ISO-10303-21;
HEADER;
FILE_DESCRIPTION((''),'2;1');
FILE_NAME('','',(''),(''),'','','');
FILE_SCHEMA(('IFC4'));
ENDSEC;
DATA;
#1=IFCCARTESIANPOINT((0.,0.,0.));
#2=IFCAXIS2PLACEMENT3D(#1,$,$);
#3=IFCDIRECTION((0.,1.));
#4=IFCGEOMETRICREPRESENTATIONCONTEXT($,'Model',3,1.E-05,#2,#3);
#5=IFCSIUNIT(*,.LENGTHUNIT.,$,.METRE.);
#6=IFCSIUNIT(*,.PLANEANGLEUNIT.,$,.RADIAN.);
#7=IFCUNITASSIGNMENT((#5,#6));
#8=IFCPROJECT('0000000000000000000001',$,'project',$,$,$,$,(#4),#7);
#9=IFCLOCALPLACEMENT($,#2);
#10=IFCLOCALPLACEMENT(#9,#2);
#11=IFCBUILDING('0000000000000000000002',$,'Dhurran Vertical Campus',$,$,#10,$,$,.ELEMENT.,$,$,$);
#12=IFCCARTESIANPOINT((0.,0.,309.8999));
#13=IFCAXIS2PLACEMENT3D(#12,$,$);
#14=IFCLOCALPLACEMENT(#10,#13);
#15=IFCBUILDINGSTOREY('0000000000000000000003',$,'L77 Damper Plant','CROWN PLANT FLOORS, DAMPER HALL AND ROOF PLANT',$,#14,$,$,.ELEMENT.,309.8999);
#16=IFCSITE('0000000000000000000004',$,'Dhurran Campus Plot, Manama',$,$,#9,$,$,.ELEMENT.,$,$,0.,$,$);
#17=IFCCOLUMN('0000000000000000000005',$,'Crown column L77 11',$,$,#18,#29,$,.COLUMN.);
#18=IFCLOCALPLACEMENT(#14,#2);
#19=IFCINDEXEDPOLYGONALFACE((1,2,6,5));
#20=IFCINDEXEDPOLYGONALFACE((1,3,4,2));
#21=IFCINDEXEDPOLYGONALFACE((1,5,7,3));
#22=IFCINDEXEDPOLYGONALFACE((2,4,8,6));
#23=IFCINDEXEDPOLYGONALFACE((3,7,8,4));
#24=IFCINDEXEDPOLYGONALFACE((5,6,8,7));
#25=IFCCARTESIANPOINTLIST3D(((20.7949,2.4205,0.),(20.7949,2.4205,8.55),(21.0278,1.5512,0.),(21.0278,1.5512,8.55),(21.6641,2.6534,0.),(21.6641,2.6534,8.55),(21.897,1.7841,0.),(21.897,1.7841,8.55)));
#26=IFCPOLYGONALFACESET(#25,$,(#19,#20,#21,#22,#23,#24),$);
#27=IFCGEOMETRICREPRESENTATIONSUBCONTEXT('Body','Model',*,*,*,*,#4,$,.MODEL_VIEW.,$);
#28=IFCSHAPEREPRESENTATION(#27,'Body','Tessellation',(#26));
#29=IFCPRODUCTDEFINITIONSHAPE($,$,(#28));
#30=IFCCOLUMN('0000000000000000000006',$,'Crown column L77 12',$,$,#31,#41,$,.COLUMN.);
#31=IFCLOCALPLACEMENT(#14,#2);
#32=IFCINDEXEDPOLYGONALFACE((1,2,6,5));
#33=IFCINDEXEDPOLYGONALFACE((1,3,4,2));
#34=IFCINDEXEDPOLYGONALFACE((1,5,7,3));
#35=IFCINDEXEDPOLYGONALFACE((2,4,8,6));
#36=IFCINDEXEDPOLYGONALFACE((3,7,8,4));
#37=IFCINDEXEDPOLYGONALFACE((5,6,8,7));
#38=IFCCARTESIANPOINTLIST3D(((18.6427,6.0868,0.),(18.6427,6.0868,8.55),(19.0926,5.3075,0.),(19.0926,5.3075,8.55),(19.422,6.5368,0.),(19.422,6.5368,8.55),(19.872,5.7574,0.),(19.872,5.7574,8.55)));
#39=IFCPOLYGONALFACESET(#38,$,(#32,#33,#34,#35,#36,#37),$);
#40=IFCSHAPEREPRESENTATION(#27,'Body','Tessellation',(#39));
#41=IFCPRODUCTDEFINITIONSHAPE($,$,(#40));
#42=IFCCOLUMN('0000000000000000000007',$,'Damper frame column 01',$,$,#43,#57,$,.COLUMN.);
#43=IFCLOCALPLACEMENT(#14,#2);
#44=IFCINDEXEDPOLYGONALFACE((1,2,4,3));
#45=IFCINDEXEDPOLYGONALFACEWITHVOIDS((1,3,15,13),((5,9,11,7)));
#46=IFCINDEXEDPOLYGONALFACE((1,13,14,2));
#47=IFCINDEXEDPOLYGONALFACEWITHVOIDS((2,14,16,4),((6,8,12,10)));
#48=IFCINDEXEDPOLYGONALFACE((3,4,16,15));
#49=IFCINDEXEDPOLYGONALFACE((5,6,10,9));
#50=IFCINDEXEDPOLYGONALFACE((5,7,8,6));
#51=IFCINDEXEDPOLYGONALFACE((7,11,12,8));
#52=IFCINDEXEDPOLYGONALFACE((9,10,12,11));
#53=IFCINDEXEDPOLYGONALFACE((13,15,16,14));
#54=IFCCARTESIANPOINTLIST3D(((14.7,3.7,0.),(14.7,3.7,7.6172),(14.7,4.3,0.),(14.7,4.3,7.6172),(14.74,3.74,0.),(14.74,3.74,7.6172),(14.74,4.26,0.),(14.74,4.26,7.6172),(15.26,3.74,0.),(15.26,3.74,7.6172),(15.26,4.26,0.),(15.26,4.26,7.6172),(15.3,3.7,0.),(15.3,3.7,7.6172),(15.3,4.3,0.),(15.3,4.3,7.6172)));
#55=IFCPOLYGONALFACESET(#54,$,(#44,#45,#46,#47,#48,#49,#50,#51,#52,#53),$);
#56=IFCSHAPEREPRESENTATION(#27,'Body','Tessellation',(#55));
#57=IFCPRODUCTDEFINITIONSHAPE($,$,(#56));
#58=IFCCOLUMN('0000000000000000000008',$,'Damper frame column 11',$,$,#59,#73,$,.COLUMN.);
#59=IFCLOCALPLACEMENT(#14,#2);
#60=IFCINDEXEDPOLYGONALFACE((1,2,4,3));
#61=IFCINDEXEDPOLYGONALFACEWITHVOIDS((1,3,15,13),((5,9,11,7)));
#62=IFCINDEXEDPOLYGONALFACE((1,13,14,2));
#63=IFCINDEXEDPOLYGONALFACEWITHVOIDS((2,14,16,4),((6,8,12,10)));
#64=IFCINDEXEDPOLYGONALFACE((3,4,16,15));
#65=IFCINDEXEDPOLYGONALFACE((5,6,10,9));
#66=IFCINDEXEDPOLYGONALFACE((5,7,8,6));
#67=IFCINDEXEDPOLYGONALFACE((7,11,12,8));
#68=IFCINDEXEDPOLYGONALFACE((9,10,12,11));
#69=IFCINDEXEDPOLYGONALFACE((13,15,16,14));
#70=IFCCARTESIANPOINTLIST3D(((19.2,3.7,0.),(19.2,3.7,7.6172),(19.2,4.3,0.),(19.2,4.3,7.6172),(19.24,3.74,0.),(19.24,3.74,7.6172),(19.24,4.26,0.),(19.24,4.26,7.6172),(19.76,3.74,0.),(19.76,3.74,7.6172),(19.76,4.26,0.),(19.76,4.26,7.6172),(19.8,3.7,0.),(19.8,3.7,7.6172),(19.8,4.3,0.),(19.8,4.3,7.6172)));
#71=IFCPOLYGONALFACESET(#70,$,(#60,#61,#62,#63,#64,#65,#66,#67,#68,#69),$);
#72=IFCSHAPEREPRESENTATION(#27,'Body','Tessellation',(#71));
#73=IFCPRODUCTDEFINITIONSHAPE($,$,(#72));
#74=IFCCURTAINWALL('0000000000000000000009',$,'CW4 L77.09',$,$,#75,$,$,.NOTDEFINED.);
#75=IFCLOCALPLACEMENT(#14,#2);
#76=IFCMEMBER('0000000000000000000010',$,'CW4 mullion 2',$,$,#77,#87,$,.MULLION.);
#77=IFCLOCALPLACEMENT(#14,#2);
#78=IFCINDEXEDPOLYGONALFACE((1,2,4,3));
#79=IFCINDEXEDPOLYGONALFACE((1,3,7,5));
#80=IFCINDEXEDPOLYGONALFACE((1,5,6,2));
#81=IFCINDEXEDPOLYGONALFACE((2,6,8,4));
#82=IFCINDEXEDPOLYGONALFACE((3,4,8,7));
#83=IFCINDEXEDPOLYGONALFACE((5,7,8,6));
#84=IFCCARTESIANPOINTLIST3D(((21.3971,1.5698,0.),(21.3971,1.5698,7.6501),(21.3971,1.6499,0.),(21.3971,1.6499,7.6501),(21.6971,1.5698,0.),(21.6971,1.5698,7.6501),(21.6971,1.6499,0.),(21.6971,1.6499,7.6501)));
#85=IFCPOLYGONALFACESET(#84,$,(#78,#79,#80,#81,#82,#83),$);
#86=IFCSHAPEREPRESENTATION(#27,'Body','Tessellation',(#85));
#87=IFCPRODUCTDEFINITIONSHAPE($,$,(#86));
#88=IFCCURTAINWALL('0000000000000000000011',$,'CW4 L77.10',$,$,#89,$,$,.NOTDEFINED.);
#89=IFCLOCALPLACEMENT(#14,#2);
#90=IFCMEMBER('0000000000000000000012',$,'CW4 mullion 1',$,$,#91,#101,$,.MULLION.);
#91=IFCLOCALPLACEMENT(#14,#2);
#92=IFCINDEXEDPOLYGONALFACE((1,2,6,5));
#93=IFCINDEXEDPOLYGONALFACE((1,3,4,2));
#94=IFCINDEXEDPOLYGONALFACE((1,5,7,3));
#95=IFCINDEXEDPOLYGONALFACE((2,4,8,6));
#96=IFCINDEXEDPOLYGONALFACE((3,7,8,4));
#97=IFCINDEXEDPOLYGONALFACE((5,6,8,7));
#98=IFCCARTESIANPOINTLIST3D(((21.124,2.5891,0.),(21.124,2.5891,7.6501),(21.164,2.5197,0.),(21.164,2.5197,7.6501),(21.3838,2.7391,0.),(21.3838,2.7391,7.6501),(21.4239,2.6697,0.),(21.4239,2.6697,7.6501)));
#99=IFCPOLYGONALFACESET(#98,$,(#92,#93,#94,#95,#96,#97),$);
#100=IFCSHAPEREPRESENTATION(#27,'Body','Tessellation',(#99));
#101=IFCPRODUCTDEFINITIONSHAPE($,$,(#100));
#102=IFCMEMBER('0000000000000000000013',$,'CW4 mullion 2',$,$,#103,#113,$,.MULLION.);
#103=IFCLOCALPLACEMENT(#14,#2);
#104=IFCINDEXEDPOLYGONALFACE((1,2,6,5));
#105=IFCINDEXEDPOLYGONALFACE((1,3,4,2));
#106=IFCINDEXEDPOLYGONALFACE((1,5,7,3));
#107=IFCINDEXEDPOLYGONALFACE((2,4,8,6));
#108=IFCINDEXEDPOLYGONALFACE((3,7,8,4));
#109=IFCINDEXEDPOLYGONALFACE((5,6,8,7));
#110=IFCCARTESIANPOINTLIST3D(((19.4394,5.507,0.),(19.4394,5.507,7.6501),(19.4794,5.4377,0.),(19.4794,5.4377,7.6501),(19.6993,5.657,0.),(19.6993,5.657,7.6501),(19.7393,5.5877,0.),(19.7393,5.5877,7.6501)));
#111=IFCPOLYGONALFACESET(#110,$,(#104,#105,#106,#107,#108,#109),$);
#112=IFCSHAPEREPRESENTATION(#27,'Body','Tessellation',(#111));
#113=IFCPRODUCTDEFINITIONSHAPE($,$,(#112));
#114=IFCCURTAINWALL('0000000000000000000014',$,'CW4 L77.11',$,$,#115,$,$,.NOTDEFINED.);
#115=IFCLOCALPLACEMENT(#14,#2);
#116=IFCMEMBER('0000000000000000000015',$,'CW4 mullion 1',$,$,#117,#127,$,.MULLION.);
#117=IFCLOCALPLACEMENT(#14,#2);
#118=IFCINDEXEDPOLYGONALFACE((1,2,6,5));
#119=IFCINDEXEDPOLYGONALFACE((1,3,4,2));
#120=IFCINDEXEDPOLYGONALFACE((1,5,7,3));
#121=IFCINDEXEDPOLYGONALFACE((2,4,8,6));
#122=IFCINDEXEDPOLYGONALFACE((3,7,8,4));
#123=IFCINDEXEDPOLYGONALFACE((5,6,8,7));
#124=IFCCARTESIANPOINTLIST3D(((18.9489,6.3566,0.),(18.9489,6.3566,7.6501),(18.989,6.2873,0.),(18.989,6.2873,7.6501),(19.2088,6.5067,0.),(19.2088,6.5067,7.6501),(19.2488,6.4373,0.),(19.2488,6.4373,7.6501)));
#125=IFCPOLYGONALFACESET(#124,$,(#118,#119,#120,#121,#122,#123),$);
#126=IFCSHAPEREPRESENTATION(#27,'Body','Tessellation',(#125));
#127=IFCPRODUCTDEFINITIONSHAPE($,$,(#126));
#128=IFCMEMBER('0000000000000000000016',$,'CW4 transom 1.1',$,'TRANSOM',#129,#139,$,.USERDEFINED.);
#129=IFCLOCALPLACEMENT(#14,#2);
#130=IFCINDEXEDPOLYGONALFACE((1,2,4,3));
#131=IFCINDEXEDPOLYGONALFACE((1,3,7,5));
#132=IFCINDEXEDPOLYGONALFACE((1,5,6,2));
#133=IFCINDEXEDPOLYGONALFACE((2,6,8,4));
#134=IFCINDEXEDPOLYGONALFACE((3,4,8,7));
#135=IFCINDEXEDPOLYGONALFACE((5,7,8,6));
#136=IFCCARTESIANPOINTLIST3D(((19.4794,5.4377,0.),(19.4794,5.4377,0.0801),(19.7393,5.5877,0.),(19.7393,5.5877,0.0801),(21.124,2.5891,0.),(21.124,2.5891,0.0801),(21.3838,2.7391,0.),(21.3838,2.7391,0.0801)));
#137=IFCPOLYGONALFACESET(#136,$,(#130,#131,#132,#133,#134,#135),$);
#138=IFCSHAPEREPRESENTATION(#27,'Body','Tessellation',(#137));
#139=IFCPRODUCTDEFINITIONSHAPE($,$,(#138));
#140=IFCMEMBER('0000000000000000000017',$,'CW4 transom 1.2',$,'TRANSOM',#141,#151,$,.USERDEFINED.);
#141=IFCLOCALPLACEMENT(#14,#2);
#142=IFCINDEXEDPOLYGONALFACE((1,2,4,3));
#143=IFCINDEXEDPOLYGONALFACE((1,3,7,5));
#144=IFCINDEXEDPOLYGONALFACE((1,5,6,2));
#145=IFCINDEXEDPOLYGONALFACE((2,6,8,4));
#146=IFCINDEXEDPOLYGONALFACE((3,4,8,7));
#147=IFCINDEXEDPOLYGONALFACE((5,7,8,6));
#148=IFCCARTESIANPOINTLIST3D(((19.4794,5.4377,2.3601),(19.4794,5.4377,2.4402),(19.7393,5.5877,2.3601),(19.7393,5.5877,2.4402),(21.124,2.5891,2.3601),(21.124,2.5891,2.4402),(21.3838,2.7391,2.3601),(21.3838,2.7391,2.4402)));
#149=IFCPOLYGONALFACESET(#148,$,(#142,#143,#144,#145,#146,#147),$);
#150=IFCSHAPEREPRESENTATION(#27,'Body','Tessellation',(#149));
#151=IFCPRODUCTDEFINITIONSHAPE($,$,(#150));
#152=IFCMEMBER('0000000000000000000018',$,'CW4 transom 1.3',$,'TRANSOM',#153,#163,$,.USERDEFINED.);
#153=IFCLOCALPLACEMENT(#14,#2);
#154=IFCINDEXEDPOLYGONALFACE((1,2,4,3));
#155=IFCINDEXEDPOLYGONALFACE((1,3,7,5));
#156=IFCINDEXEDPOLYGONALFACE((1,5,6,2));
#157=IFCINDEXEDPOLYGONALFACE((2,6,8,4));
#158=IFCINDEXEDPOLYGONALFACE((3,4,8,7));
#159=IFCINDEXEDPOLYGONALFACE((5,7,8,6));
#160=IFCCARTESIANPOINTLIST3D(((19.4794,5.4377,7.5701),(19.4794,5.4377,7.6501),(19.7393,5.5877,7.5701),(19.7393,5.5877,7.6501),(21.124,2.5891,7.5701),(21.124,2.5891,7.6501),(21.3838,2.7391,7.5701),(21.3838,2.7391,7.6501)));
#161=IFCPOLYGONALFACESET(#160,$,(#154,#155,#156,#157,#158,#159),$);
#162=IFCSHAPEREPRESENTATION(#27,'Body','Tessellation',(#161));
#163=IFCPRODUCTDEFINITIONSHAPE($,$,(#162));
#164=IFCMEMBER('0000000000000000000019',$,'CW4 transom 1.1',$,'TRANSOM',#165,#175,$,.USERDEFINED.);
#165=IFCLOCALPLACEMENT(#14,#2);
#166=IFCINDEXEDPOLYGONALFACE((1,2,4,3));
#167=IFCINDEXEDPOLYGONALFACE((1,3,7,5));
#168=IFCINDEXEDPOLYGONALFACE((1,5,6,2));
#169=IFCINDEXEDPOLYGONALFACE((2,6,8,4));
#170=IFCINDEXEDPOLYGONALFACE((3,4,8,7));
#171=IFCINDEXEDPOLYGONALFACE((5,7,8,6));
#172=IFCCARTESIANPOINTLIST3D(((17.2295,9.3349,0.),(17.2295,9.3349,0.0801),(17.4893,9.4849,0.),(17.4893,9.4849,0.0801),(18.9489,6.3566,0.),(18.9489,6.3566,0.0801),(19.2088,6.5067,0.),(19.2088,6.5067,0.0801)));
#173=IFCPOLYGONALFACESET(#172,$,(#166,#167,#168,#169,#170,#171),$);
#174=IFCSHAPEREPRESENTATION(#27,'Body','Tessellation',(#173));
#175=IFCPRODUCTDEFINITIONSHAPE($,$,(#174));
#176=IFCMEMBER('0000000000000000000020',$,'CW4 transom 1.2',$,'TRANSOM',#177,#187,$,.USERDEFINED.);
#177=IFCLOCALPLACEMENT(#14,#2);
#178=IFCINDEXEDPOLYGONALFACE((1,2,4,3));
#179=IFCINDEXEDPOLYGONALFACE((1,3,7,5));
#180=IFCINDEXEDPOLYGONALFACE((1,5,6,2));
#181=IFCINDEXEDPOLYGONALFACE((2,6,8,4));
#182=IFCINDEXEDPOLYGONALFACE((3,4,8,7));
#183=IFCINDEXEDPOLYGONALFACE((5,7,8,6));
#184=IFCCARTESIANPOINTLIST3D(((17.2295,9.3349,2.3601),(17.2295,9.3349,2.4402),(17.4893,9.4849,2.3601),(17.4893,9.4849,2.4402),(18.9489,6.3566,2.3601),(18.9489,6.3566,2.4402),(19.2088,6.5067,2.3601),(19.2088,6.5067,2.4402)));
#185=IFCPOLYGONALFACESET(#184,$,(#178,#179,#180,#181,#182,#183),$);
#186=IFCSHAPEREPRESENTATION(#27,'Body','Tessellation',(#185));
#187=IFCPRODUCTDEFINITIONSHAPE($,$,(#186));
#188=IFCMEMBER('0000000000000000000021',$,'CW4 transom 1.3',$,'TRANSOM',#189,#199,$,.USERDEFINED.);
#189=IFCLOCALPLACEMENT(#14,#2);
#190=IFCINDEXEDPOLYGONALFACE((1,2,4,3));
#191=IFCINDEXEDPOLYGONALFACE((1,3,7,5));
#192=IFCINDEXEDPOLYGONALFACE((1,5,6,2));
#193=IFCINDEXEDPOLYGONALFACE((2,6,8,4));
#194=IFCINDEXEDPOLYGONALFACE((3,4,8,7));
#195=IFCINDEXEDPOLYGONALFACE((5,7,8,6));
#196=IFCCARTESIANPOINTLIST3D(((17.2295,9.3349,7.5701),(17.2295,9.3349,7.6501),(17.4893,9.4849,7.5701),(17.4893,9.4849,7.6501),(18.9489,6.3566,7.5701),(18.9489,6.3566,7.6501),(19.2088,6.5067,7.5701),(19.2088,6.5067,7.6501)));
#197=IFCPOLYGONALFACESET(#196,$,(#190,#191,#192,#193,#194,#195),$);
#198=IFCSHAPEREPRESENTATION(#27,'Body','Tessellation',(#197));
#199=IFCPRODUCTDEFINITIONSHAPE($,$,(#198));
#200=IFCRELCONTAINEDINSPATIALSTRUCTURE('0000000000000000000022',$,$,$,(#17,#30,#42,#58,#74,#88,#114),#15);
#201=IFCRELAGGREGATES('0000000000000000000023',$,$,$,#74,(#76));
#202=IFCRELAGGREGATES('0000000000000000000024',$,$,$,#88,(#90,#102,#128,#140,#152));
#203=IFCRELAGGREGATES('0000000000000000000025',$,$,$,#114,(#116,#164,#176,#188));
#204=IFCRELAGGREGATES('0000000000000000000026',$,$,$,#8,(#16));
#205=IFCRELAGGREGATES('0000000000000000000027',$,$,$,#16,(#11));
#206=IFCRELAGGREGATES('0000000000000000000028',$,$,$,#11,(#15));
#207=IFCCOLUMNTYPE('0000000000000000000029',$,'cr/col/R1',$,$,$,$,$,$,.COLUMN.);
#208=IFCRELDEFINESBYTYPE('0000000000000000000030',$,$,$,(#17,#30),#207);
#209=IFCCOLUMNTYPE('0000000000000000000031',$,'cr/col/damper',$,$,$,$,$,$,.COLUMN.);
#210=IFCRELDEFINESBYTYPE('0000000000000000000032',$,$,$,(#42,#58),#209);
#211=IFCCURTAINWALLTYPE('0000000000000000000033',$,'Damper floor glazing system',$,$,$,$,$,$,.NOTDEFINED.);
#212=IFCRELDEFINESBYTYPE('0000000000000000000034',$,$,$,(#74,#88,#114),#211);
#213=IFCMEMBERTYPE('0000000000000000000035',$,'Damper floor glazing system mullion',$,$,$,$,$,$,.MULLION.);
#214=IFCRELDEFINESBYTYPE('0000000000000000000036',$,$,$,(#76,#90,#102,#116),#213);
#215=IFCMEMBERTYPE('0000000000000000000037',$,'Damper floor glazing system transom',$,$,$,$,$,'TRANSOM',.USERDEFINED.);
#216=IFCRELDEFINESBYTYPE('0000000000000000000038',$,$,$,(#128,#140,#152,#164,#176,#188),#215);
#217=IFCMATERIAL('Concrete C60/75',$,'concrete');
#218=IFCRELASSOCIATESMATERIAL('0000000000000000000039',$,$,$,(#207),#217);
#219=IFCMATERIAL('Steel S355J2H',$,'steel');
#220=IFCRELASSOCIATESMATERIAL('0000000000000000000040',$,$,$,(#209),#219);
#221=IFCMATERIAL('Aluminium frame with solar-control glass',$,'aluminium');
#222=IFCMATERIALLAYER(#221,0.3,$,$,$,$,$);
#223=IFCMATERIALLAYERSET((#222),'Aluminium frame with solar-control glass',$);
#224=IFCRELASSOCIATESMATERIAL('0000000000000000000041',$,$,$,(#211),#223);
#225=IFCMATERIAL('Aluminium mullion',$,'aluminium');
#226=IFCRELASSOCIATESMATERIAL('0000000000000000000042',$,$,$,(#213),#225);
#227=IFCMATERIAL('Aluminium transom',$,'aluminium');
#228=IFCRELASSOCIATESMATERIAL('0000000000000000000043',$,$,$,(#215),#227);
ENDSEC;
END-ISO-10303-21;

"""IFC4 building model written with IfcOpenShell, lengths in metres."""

from ifc_helpers import new_model, si_unit, direction, frame, origin, origin_2d, place, context, subcontext, project, spatial, rectangle, hollow_rectangle, extrude, material, layer, layer_set, material_profile, profile_set, type_object, element, aggregate, save


model = new_model("IFC4")

# Units and contexts
model_context = context("Model", 3, precision=1e-05, world=origin(), true_north=direction((0.0, 1.0)))
body_context = subcontext(model_context, "Body", "Model", "MODEL_VIEW")
ifc_project = project(units=[si_unit("LENGTHUNIT", "METRE"), si_unit("PLANEANGLEUNIT", "RADIAN")], contexts=[model_context])

# Site, building, storey
site_placement = place(None, origin())
site = spatial("IfcSite", under=ifc_project, at=site_placement, Name="Dhurran Campus Plot, Manama", CompositionType="ELEMENT", RefElevation=0.0)
building_placement = place(site_placement, origin())
building = spatial("IfcBuilding", under=site, at=building_placement, Name="Dhurran Vertical Campus", CompositionType="ELEMENT")
storey_placement = place(building_placement, frame((0.0, 0.0, 309.8999)))
storey = spatial("IfcBuildingStorey", under=building, at=storey_placement, Name="L77 Damper Plant", Description="CROWN PLANT FLOORS, DAMPER HALL AND ROOF PLANT", CompositionType="ELEMENT", Elevation=309.8999)

# Columns
ifc_material_1 = material(Name="Concrete C60/75", Category="concrete")
ifc_material_profile_1 = material_profile(ifc_material_1, rectangle(XDim=0.8999, YDim=0.8999, at=origin_2d()), Name="cr/col/R1")
ifc_profile_set_1 = profile_set([ifc_material_profile_1], Name="Concrete C60/75")
column_type_1 = type_object("IfcColumnType", Name="cr/col/R1", PredefinedType="COLUMN", material=ifc_profile_set_1)
for number, where, z_axis, x_axis, name in (
    (1, (21.3459, 2.1023, 0.0), (0.0, 0.0, 1.0), (-0.258819, 0.965926, 0.0), "Crown column L77 11"),
    (2, (19.2573, 5.9221, 0.0), (0.0, 0.0, 1.0), (-0.5, 0.866025, 0.0), "Crown column L77 12"),
):
    element("IfcColumn", number, at=place(storey_placement, frame(where, z_axis=z_axis, x_axis=x_axis)), inside=storey, type_object=column_type_1, Name=name, PredefinedType="COLUMN", context=body_context, shape_type="SweptSolid", body=[
        extrude(rectangle(XDim=0.8999, YDim=0.8999, at=origin_2d()), origin(), (0.0, 0.0, 1.0), 8.55),
    ])
ifc_material_2 = material(Name="Steel S355J2H", Category="steel")
ifc_material_profile_2 = material_profile(ifc_material_2, hollow_rectangle(XDim=0.6001, YDim=0.6001, WallThickness=0.04, at=origin_2d()), Name="cr/col/damper")
ifc_profile_set_2 = profile_set([ifc_material_profile_2], Name="Steel S355J2H")
column_type_2 = type_object("IfcColumnType", Name="cr/col/damper", PredefinedType="COLUMN", material=ifc_profile_set_2)
for number, where, z_axis, x_axis, name in (
    (3, (15.0, 4.0, 0.0), (0.0, 0.0, 1.0), (1.0, 0.0, 0.0), "Damper frame column 01"),
    (4, (19.5, 4.0, 0.0), (0.0, 0.0, 1.0), (1.0, 0.0, 0.0), "Damper frame column 11"),
):
    element("IfcColumn", number, at=place(storey_placement, frame(where, z_axis=z_axis, x_axis=x_axis)), inside=storey, type_object=column_type_2, Name=name, PredefinedType="COLUMN", context=body_context, shape_type="SweptSolid", body=[
        extrude(hollow_rectangle(XDim=0.6001, YDim=0.6001, WallThickness=0.04, at=origin_2d()), origin(), (0.0, 0.0, 1.0), 7.6172),
    ])

# Curtain wall, member
ifc_material_3 = material(Name="Aluminium frame with solar-control glass", Category="aluminium")
ifc_layer_1 = layer(ifc_material_3, 0.3)
ifc_layer_set_1 = layer_set([ifc_layer_1], Name="Aluminium frame with solar-control glass")
curtain_wall_type = type_object("IfcCurtainWallType", Name="Damper floor glazing system", PredefinedType="NOTDEFINED", material=ifc_layer_set_1)
curtain_wall_1_placement = place(storey_placement, origin())
curtain_wall_1 = element("IfcCurtainWall", 5, at=curtain_wall_1_placement, inside=storey, type_object=curtain_wall_type, Name="CW4 L77.09", PredefinedType="NOTDEFINED")
ifc_material_4 = material(Name="Aluminium mullion", Category="aluminium")
ifc_material_profile_3 = material_profile(ifc_material_4, rectangle(XDim=0.3, YDim=0.0801, at=origin_2d()), Name="Damper floor glazing system mullion")
ifc_profile_set_3 = profile_set([ifc_material_profile_3], Name="Aluminium mullion")
member_type_1 = type_object("IfcMemberType", Name="Damper floor glazing system mullion", PredefinedType="MULLION", material=ifc_profile_set_3)
member_1_placement = place(storey_placement, frame((21.5471, 1.6099, 0.0), z_axis=(0.0, 0.0, 1.0), x_axis=(-1.0, 0.0, 0.0)))
member_1 = element("IfcMember", 6, at=member_1_placement, type_object=member_type_1, Name="CW4 mullion 2", PredefinedType="MULLION", context=body_context, shape_type="SweptSolid", body=[
    extrude(rectangle(XDim=0.3, YDim=0.0801, at=origin_2d()), origin(), (0.0, 0.0, 1.0), 7.6501),
])

# Curtain wall, members
curtain_wall_2_placement = place(storey_placement, origin())
curtain_wall_2 = element("IfcCurtainWall", 7, at=curtain_wall_2_placement, inside=storey, type_object=curtain_wall_type, Name="CW4 L77.10", PredefinedType="NOTDEFINED")
member_2_placement = place(storey_placement, frame((21.2739, 2.6294, 0.0), z_axis=(0.0, 0.0, 1.0), x_axis=(-0.866028, -0.499996, 0.0)))
member_2 = element("IfcMember", 8, at=member_2_placement, type_object=member_type_1, Name="CW4 mullion 1", PredefinedType="MULLION", context=body_context, shape_type="SweptSolid", body=[
    extrude(rectangle(XDim=0.3, YDim=0.0801, at=origin_2d()), origin(), (0.0, 0.0, 1.0), 7.6501),
])
member_3_placement = place(storey_placement, frame((19.5894, 5.5474, 0.0), z_axis=(0.0, 0.0, 1.0), x_axis=(-0.866028, -0.499996, 0.0)))
member_3 = element("IfcMember", 9, at=member_3_placement, type_object=member_type_1, Name="CW4 mullion 2", PredefinedType="MULLION", context=body_context, shape_type="SweptSolid", body=[
    extrude(rectangle(XDim=0.3, YDim=0.0801, at=origin_2d()), origin(), (0.0, 0.0, 1.0), 7.6501),
])

# Curtain wall, member
curtain_wall_3_placement = place(storey_placement, origin())
curtain_wall_3 = element("IfcCurtainWall", 10, at=curtain_wall_3_placement, inside=storey, type_object=curtain_wall_type, Name="CW4 L77.11", PredefinedType="NOTDEFINED")
member_4_placement = place(storey_placement, frame((19.0989, 6.397, 0.0), z_axis=(0.0, 0.0, 1.0), x_axis=(-0.866024, -0.500003, 0.0)))
member_4 = element("IfcMember", 11, at=member_4_placement, type_object=member_type_1, Name="CW4 mullion 1", PredefinedType="MULLION", context=body_context, shape_type="SweptSolid", body=[
    extrude(rectangle(XDim=0.3, YDim=0.0801, at=origin_2d()), origin(), (0.0, 0.0, 1.0), 7.6501),
])

# Members
ifc_material_5 = material(Name="Aluminium transom", Category="aluminium")
ifc_material_profile_4 = material_profile(ifc_material_5, rectangle(XDim=0.3, YDim=0.0801, at=origin_2d()), Name="Damper floor glazing system transom")
ifc_profile_set_4 = profile_set([ifc_material_profile_4], Name="Aluminium transom")
member_type_2 = type_object("IfcMemberType", Name="Damper floor glazing system transom", ElementType="TRANSOM", PredefinedType="USERDEFINED", material=ifc_profile_set_4)
member_5_placement = place(storey_placement, frame((21.2539, 2.6641, 0.04), z_axis=(-0.499971, 0.866042, 0.0), x_axis=(-0.866042, -0.499971, 0.0)))
member_5 = element("IfcMember", 12, at=member_5_placement, type_object=member_type_2, Name="CW4 transom 1.1", ObjectType="TRANSOM", PredefinedType="USERDEFINED", context=body_context, shape_type="SweptSolid", body=[
    extrude(rectangle(XDim=0.3, YDim=0.0801, at=origin_2d()), origin(), (0.0, 0.0, 1.0), 3.2893),
])
member_6_placement = place(storey_placement, frame((21.2539, 2.6641, 2.4001), z_axis=(-0.499971, 0.866042, 0.0), x_axis=(-0.866042, -0.499971, 0.0)))
member_6 = element("IfcMember", 13, at=member_6_placement, type_object=member_type_2, Name="CW4 transom 1.2", ObjectType="TRANSOM", PredefinedType="USERDEFINED", context=body_context, shape_type="SweptSolid", body=[
    extrude(rectangle(XDim=0.3, YDim=0.0801, at=origin_2d()), origin(), (0.0, 0.0, 1.0), 3.2893),
])
member_7_placement = place(storey_placement, frame((21.2539, 2.6641, 7.6101), z_axis=(-0.499971, 0.866042, 0.0), x_axis=(-0.866042, -0.499971, 0.0)))
member_7 = element("IfcMember", 14, at=member_7_placement, type_object=member_type_2, Name="CW4 transom 1.3", ObjectType="TRANSOM", PredefinedType="USERDEFINED", context=body_context, shape_type="SweptSolid", body=[
    extrude(rectangle(XDim=0.3, YDim=0.0801, at=origin_2d()), origin(), (0.0, 0.0, 1.0), 3.2893),
])
member_8_placement = place(storey_placement, frame((19.0789, 6.4316, 0.04), z_axis=(-0.499995, 0.866028, 0.0), x_axis=(-0.866028, -0.499995, 0.0)))
member_8 = element("IfcMember", 15, at=member_8_placement, type_object=member_type_2, Name="CW4 transom 1.1", ObjectType="TRANSOM", PredefinedType="USERDEFINED", context=body_context, shape_type="SweptSolid", body=[
    extrude(rectangle(XDim=0.3, YDim=0.0801, at=origin_2d()), origin(), (0.0, 0.0, 1.0), 3.439),
])
member_9_placement = place(storey_placement, frame((19.0789, 6.4316, 2.4001), z_axis=(-0.499995, 0.866028, 0.0), x_axis=(-0.866028, -0.499995, 0.0)))
member_9 = element("IfcMember", 16, at=member_9_placement, type_object=member_type_2, Name="CW4 transom 1.2", ObjectType="TRANSOM", PredefinedType="USERDEFINED", context=body_context, shape_type="SweptSolid", body=[
    extrude(rectangle(XDim=0.3, YDim=0.0801, at=origin_2d()), origin(), (0.0, 0.0, 1.0), 3.439),
])
member_10_placement = place(storey_placement, frame((19.0789, 6.4316, 7.6101), z_axis=(-0.499995, 0.866028, 0.0), x_axis=(-0.866028, -0.499995, 0.0)))
member_10 = element("IfcMember", 17, at=member_10_placement, type_object=member_type_2, Name="CW4 transom 1.3", ObjectType="TRANSOM", PredefinedType="USERDEFINED", context=body_context, shape_type="SweptSolid", body=[
    extrude(rectangle(XDim=0.3, YDim=0.0801, at=origin_2d()), origin(), (0.0, 0.0, 1.0), 3.439),
])

aggregate(curtain_wall_1, [member_1])
aggregate(curtain_wall_2, [member_2, member_3, member_5, member_6, member_7])
aggregate(curtain_wall_3, [member_4, member_8, member_9, member_10])

save(model, "model.ifc")
